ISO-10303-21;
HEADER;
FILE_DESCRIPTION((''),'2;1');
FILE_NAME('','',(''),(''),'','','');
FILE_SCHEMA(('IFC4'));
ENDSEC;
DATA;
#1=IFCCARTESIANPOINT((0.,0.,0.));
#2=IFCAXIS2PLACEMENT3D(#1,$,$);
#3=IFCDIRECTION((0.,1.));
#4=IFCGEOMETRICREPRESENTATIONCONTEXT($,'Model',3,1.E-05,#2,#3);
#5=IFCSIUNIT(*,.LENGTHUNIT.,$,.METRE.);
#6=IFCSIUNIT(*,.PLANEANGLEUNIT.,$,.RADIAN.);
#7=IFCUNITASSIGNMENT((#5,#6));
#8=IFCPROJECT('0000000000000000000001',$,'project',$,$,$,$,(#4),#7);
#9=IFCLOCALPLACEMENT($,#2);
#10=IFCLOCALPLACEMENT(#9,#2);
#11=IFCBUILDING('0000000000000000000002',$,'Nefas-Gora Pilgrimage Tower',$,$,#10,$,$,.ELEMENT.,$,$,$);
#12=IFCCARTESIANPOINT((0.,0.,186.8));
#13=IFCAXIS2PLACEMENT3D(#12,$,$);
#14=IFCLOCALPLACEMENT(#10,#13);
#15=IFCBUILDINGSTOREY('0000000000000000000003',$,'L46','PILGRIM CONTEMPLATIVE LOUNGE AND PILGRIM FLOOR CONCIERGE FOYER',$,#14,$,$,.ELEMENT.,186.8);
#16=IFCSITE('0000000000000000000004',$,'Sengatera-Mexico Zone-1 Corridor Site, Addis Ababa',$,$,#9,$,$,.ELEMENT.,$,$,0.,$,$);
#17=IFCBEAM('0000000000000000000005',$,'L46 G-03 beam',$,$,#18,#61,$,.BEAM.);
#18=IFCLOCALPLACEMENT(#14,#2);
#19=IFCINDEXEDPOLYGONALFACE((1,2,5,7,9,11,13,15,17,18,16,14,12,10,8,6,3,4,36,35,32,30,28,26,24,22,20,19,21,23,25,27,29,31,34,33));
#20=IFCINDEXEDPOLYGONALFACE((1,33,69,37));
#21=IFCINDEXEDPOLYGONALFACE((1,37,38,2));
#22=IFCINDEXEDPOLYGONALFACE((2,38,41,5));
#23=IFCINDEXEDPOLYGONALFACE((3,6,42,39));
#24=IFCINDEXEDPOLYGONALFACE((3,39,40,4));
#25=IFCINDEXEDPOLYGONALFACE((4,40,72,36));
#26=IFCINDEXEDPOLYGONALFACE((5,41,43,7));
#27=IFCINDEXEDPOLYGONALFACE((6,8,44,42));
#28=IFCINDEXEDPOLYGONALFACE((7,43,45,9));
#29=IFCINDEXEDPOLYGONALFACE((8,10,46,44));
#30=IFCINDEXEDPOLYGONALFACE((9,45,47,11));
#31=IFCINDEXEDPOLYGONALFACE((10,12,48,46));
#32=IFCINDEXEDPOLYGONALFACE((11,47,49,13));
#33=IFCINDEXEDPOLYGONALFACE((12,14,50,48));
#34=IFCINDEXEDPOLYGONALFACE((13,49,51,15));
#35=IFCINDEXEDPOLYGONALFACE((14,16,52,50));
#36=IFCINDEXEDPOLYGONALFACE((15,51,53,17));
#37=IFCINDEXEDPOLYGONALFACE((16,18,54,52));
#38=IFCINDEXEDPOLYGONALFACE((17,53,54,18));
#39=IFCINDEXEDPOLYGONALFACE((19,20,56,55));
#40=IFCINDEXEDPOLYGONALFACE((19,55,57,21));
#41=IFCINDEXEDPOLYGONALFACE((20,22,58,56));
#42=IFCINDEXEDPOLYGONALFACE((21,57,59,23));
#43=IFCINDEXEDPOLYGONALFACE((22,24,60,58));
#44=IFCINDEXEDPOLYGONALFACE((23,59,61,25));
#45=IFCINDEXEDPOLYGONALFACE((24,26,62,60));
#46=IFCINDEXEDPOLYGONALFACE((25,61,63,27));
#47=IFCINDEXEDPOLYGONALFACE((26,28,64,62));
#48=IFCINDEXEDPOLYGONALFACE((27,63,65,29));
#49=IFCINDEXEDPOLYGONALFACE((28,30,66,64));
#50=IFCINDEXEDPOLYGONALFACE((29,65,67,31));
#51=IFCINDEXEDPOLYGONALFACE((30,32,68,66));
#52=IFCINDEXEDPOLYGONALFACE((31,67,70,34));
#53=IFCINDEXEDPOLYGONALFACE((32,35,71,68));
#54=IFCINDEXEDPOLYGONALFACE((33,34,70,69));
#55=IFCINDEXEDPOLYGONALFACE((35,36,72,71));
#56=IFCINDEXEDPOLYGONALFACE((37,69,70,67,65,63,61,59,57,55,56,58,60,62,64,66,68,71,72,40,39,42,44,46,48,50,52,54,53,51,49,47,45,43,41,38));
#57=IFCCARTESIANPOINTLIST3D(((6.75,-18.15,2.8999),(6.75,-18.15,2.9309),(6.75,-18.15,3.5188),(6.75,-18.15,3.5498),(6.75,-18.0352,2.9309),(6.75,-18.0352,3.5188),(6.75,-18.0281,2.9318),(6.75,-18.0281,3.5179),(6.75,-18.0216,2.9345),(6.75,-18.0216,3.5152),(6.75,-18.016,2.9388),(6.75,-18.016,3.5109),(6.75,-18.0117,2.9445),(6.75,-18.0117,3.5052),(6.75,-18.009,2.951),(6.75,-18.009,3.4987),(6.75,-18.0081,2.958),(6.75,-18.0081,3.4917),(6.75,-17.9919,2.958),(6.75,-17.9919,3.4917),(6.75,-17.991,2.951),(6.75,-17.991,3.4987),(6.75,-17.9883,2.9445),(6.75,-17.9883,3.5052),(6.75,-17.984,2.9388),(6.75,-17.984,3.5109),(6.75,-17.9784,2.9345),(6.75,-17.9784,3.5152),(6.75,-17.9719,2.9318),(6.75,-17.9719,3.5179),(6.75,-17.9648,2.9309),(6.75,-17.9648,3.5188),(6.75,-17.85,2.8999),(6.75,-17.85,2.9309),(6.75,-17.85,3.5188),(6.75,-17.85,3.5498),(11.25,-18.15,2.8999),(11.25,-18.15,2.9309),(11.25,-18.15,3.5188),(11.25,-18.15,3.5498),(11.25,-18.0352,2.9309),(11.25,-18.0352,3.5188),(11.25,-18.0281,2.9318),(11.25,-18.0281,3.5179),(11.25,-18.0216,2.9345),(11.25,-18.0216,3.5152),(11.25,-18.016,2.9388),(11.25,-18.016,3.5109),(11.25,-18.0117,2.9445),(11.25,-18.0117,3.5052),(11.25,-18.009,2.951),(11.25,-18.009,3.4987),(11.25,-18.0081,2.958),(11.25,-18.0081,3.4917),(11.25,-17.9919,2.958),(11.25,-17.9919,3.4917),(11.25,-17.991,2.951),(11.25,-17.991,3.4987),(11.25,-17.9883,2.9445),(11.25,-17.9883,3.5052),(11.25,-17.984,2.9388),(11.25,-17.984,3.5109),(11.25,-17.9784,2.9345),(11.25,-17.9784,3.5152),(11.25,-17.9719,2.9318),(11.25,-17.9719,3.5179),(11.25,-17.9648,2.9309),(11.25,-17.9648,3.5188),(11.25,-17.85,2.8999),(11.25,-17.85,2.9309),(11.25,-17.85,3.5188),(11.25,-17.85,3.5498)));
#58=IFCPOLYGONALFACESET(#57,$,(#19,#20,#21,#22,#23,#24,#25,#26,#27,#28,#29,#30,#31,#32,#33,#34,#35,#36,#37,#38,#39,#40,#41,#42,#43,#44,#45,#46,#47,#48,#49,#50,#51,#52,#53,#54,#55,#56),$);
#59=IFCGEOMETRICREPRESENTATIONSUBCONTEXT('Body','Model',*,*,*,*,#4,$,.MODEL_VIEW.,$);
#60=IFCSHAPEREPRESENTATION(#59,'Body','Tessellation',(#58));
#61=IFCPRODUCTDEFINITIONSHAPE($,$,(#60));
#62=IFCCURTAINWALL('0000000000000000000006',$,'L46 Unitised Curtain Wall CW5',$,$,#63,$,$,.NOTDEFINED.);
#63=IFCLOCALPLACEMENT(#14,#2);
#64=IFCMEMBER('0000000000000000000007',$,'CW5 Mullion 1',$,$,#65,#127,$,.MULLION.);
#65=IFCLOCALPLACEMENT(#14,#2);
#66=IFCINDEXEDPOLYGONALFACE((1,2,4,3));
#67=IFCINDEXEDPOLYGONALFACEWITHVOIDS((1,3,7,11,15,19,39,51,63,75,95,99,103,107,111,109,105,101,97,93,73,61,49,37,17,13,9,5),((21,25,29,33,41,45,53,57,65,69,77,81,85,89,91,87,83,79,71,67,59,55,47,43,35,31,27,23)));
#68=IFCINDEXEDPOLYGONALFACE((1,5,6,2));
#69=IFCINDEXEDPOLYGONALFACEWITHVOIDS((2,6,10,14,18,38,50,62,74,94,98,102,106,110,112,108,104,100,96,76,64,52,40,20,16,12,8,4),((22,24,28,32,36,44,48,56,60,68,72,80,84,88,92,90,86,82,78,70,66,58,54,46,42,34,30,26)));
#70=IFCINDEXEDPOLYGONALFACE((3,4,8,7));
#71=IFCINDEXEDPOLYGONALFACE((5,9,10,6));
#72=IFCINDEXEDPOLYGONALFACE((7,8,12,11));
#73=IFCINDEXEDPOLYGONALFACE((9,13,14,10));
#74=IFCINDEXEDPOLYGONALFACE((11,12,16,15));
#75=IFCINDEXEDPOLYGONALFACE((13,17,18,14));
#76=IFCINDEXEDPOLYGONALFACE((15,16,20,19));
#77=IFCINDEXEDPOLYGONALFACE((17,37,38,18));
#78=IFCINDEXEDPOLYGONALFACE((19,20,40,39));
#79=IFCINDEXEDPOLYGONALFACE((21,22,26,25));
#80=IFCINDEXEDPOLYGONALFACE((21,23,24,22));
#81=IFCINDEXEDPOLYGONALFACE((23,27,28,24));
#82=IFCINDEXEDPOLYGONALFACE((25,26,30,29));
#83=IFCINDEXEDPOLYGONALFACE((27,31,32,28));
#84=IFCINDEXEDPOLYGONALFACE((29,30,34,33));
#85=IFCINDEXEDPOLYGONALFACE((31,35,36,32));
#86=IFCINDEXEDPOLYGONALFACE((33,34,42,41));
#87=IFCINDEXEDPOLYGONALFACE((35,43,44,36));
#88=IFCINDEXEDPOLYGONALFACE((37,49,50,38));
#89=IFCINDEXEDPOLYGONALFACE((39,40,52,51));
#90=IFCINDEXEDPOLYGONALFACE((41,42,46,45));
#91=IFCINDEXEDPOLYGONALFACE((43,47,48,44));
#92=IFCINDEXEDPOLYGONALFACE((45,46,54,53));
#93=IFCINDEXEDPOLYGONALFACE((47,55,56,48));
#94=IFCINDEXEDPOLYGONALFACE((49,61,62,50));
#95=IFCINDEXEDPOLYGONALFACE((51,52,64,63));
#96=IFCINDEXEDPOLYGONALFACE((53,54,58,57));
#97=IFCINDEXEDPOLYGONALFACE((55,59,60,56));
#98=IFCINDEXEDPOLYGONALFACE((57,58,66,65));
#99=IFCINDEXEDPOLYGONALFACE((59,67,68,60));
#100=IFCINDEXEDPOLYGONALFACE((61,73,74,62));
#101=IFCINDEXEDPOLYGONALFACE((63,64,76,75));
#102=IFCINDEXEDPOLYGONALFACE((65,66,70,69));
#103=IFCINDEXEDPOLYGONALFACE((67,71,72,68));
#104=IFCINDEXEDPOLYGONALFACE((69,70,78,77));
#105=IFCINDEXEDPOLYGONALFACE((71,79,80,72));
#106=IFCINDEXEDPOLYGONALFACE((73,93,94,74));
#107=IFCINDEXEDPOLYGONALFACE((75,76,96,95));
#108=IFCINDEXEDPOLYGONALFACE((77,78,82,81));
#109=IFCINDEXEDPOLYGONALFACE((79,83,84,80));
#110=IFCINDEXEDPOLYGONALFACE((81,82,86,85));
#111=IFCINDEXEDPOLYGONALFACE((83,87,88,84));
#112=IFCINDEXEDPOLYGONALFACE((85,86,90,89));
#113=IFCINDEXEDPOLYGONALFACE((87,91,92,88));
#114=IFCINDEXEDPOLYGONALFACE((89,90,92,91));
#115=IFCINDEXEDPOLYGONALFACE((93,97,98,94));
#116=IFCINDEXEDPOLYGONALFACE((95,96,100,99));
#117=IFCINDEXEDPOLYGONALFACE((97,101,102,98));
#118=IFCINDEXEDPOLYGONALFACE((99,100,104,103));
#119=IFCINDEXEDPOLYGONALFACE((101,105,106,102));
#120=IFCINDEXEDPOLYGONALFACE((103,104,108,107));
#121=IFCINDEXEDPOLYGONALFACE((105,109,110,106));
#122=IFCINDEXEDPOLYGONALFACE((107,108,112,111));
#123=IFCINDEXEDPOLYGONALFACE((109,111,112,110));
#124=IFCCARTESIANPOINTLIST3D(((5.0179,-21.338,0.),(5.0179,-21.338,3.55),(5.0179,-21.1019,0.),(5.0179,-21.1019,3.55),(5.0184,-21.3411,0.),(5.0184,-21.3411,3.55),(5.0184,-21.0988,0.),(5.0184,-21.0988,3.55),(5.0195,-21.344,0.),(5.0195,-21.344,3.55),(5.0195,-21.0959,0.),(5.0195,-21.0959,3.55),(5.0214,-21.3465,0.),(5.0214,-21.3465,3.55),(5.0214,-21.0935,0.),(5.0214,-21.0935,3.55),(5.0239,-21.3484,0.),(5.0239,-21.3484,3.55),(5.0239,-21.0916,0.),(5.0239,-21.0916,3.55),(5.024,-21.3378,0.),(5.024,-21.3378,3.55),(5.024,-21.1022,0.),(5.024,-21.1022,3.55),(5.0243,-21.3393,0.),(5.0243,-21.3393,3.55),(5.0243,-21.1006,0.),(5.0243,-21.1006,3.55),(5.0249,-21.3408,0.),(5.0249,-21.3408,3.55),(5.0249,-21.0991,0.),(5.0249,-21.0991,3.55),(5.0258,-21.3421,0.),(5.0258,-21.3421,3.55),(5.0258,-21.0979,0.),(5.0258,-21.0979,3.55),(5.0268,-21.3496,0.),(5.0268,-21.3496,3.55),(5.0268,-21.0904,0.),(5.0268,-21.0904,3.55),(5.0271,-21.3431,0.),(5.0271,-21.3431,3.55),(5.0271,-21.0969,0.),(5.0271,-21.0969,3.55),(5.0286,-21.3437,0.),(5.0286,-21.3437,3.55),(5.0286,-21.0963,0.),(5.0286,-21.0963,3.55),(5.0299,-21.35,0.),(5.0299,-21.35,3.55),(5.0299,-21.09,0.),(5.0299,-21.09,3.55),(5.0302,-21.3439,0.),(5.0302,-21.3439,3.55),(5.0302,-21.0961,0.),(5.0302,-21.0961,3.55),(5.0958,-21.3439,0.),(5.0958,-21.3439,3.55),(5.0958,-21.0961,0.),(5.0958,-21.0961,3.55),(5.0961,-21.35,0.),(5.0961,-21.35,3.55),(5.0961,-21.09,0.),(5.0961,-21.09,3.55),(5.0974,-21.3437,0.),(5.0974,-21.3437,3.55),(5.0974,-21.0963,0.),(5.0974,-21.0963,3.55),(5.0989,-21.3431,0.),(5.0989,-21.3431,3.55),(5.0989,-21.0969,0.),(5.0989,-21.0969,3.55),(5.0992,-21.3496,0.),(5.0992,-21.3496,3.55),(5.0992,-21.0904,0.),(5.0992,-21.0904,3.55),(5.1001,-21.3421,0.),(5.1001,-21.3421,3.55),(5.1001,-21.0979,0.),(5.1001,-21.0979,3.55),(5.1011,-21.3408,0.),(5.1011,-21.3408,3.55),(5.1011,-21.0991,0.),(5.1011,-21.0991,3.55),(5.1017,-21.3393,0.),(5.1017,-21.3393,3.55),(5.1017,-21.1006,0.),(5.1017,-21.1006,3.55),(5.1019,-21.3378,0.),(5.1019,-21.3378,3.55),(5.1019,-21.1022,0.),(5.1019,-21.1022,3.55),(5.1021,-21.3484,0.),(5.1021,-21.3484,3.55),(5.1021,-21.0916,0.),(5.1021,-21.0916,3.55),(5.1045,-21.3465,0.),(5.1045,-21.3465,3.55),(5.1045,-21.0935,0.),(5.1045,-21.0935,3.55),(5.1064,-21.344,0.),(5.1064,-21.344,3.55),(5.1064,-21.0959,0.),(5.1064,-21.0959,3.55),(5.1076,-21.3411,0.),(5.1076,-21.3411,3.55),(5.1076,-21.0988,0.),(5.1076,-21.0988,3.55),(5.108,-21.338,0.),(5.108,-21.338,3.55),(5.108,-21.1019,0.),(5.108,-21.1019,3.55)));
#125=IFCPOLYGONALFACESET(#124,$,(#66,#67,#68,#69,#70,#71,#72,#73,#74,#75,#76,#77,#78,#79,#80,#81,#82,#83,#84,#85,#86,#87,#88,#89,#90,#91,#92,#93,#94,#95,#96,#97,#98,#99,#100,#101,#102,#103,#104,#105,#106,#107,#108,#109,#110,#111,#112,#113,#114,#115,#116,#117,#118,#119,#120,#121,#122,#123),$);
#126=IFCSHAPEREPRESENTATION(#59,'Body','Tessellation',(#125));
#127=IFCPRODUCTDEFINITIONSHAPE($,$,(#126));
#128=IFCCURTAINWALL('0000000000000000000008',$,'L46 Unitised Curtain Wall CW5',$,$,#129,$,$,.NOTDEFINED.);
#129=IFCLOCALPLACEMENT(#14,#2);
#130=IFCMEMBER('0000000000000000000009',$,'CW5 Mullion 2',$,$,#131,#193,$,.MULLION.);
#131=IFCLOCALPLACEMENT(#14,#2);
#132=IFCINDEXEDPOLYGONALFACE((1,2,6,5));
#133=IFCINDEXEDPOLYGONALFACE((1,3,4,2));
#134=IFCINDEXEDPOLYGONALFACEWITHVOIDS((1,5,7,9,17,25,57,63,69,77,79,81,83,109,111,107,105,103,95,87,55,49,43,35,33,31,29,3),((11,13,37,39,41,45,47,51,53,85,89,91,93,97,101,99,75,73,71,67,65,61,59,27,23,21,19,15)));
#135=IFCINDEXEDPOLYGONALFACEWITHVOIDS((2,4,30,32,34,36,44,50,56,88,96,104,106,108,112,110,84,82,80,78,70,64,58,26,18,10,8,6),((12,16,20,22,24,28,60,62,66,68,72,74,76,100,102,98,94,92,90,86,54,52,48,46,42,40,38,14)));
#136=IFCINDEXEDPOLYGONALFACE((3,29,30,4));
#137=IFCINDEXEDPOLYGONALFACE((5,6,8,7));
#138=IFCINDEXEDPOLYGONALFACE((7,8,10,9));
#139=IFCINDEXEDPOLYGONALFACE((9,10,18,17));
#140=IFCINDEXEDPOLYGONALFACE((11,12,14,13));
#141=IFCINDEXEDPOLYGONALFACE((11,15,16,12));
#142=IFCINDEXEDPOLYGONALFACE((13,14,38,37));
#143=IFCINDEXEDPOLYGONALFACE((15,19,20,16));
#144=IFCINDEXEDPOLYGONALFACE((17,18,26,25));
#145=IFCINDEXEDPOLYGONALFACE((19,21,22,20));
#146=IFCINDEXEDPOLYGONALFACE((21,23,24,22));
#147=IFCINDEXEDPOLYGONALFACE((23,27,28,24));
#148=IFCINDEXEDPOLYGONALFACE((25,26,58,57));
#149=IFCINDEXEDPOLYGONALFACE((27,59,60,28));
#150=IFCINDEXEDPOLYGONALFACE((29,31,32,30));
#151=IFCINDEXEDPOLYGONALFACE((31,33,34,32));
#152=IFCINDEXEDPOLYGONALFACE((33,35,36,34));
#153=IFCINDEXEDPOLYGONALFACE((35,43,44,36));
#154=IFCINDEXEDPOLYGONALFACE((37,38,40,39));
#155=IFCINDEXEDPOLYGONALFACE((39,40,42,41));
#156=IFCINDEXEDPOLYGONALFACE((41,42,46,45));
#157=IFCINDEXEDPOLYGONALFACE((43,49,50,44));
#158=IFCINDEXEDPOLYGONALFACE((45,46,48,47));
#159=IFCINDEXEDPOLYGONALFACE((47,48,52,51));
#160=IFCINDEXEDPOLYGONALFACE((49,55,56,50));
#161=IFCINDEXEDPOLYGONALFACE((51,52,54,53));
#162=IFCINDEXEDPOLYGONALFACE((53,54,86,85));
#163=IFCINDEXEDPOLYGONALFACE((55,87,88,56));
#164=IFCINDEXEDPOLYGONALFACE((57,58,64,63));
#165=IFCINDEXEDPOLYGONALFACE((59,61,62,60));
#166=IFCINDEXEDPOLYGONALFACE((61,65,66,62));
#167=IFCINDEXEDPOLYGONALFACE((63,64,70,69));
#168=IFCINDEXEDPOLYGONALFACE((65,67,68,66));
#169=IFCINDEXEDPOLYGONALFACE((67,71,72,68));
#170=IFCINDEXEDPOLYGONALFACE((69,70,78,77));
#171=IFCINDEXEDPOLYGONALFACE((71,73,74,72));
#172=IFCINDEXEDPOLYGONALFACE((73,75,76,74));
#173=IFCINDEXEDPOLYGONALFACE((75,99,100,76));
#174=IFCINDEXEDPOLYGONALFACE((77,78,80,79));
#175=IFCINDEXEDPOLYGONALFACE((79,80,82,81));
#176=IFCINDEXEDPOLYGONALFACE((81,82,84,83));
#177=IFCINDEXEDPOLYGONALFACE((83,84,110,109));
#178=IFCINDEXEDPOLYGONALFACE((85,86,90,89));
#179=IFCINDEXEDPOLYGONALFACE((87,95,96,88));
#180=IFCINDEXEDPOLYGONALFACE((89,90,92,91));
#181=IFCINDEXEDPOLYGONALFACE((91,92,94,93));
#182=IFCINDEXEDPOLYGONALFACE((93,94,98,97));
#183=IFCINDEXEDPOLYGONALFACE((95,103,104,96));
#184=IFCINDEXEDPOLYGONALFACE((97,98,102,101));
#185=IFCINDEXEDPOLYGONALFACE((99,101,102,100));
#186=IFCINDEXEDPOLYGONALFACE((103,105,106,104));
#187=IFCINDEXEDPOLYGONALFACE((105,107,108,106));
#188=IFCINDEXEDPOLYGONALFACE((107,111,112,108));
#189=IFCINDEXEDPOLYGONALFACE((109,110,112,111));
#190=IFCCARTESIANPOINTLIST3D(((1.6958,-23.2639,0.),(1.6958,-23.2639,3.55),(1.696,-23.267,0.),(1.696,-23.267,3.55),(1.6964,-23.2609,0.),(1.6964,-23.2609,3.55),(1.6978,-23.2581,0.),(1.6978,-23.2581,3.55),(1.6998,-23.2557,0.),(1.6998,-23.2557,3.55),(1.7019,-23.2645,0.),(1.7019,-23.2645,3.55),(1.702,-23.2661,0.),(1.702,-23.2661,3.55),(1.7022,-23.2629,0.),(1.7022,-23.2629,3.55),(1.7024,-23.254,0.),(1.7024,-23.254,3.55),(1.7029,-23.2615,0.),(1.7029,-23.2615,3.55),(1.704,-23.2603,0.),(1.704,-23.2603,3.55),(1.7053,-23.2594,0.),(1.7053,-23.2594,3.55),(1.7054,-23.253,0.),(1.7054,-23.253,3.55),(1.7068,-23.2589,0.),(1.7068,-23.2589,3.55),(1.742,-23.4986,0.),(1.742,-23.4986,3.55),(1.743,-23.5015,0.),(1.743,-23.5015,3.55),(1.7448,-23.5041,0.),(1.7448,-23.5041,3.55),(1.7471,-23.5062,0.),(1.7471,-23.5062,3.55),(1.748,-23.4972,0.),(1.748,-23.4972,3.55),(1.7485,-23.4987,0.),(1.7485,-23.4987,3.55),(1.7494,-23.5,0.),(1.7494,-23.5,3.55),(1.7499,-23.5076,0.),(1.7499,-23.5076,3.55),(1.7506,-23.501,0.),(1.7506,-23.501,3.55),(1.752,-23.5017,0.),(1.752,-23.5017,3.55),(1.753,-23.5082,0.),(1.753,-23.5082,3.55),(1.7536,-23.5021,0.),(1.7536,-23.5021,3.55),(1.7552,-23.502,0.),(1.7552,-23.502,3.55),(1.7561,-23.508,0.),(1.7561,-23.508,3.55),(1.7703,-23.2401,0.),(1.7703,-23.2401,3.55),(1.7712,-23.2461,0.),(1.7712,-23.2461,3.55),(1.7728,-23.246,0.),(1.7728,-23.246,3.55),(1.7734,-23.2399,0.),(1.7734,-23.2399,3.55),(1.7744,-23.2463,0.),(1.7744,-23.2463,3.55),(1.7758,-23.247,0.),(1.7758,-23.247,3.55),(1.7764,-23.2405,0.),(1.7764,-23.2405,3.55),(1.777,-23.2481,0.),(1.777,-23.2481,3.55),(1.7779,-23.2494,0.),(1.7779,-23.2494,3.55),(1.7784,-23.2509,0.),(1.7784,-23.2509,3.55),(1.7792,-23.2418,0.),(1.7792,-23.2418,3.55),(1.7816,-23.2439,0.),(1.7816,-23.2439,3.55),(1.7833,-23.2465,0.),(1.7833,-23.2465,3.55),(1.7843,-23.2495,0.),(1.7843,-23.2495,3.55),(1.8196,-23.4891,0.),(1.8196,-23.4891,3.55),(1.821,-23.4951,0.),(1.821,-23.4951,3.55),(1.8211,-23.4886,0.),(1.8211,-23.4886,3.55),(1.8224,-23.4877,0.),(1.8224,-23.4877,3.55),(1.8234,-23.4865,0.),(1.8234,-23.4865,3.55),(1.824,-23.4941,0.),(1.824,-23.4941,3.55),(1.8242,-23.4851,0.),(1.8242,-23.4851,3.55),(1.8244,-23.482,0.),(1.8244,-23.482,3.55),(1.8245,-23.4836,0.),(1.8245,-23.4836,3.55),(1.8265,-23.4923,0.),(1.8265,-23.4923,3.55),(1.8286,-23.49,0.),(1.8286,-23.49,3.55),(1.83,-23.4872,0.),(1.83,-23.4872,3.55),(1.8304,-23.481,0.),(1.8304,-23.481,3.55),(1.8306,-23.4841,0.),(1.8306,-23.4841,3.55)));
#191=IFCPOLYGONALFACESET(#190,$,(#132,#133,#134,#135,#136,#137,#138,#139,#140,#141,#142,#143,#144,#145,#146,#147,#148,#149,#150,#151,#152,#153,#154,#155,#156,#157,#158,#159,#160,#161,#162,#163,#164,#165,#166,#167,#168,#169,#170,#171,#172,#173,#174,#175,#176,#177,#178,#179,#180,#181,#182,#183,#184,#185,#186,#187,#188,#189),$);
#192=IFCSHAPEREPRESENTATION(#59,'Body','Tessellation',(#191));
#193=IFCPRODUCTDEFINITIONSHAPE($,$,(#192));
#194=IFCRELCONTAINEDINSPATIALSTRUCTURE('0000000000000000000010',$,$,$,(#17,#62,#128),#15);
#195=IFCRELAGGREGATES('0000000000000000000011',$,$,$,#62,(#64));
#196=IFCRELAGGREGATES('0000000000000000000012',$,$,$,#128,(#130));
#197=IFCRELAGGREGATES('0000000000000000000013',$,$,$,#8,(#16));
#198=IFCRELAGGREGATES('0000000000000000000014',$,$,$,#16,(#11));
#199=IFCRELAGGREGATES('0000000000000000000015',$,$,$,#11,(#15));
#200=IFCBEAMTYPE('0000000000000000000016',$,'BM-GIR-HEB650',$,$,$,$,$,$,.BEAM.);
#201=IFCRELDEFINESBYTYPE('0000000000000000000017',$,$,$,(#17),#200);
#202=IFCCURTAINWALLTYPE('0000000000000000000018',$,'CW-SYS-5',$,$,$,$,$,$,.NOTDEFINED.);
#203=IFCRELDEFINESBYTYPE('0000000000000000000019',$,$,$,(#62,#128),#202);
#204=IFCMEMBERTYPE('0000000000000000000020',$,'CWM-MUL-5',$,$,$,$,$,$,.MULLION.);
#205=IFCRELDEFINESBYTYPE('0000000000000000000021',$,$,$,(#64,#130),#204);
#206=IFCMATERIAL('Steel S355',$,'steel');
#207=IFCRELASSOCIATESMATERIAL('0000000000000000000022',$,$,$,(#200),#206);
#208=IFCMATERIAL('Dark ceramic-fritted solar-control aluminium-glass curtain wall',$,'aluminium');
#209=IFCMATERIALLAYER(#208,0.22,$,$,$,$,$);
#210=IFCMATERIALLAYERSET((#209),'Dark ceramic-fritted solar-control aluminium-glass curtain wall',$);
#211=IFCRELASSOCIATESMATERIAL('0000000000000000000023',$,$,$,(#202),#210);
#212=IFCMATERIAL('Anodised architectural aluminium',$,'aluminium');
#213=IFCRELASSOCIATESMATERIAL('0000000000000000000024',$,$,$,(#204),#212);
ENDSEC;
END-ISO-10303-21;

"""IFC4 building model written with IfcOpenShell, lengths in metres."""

from ifc_helpers import new_model, si_unit, direction, frame, origin, origin_2d, place, context, subcontext, project, spatial, hollow_rectangle, i_section, extrude, source, transform, mapped, material, layer, layer_set, material_profile, profile_set, type_object, element, aggregate, save


model = new_model("IFC4")

# Units and contexts
model_context = context("Model", 3, precision=1e-05, world=origin(), true_north=direction((0.0, 1.0)))
body_context = subcontext(model_context, "Body", "Model", "MODEL_VIEW")
ifc_project = project(units=[si_unit("LENGTHUNIT", "METRE"), si_unit("PLANEANGLEUNIT", "RADIAN")], contexts=[model_context])

# Site, building, storey
site_placement = place(None, origin())
site = spatial("IfcSite", under=ifc_project, at=site_placement, Name="Sengatera-Mexico Zone-1 Corridor Site, Addis Ababa", CompositionType="ELEMENT", RefElevation=0.0)
building_placement = place(site_placement, origin())
building = spatial("IfcBuilding", under=site, at=building_placement, Name="Nefas-Gora Pilgrimage Tower", CompositionType="ELEMENT")
storey_placement = place(building_placement, frame((0.0, 0.0, 186.8)))
storey = spatial("IfcBuildingStorey", under=building, at=storey_placement, Name="L46", Description="PILGRIM CONTEMPLATIVE LOUNGE AND PILGRIM FLOOR CONCIERGE FOYER", CompositionType="ELEMENT", Elevation=186.8)

# Beam
ifc_material_1 = material(Name="Steel S355", Category="steel")
ifc_material_profile_1 = material_profile(ifc_material_1, i_section(OverallWidth=0.3, OverallDepth=0.6499, WebThickness=0.0161, FlangeThickness=0.031, FilletRadius=0.0271, at=origin_2d()), Name="HEB 650")
ifc_profile_set_1 = profile_set([ifc_material_profile_1], Name="Steel S355")
beam_type_1 = type_object("IfcBeamType", Name="BM-GIR-HEB650", PredefinedType="BEAM", material=ifc_profile_set_1)
shared_shape_1 = source(origin(), body_context, "Body", "SweptSolid", [
    extrude(i_section(OverallWidth=0.3, OverallDepth=0.6499, WebThickness=0.0161, FlangeThickness=0.031, FilletRadius=0.0271, at=origin_2d()), origin(), (0.0, 0.0, 1.0), 4.5),
])
for number, where, z_axis, x_axis, name in (
    (1, (6.75, -18.0, 3.2249), (1.0, 0.0, 0.0), (0.0, 1.0, 0.0), "L46 G-03 beam"),
):
    element("IfcBeam", number, at=place(storey_placement, frame(where, z_axis=z_axis, x_axis=x_axis)), inside=storey, type_object=beam_type_1, Name=name, PredefinedType="BEAM", context=body_context, shape_type="MappedRepresentation", body=[
        mapped(shared_shape_1, transform((0.0, 0.0, 0.0), x_axis=(1.0, 0.0, 0.0), y_axis=(0.0, 1.0, 0.0), z_axis=(0.0, 0.0, 1.0), scale=1.0)),
    ])

# Curtain walls, members
ifc_material_2 = material(Name="Dark ceramic-fritted solar-control aluminium-glass curtain wall", Category="aluminium")
ifc_layer_1 = layer(ifc_material_2, 0.22)
ifc_layer_set_1 = layer_set([ifc_layer_1], Name="Dark ceramic-fritted solar-control aluminium-glass curtain wall")
curtain_wall_type = type_object("IfcCurtainWallType", Name="CW-SYS-5", PredefinedType="NOTDEFINED", material=ifc_layer_set_1)
curtain_wall_1_placement = place(storey_placement, origin())
curtain_wall_1 = element("IfcCurtainWall", 2, at=curtain_wall_1_placement, inside=storey, type_object=curtain_wall_type, Name="L46 Unitised Curtain Wall CW5", PredefinedType="NOTDEFINED")
ifc_material_3 = material(Name="Anodised architectural aluminium", Category="aluminium")
ifc_material_profile_2 = material_profile(ifc_material_3, hollow_rectangle(XDim=0.0901, YDim=0.26, WallThickness=0.0061, InnerFilletRadius=0.0061, OuterFilletRadius=0.012, at=origin_2d()), Name="ALU MULLION 90x260")
ifc_profile_set_2 = profile_set([ifc_material_profile_2], Name="Anodised architectural aluminium")
member_type_1 = type_object("IfcMemberType", Name="CWM-MUL-5", PredefinedType="MULLION", material=ifc_profile_set_2)
shared_shape_2 = source(origin(), body_context, "Body", "SweptSolid", [
    extrude(hollow_rectangle(XDim=0.0901, YDim=0.26, WallThickness=0.0061, InnerFilletRadius=0.0061, OuterFilletRadius=0.012, at=origin_2d()), origin(), (0.0, 0.0, 1.0), 3.55),
])
member_1_placement = place(storey_placement, frame((5.063, -21.22, 0.0), z_axis=(0.0, 0.0, 1.0), x_axis=(1.0, 0.0, 0.0)))
member_1 = element("IfcMember", 3, at=member_1_placement, type_object=member_type_1, Name="CW5 Mullion 1", PredefinedType="MULLION", context=body_context, shape_type="MappedRepresentation", body=[
    mapped(shared_shape_2, transform((0.0, 0.0, 0.0), x_axis=(1.0, 0.0, 0.0), y_axis=(0.0, 1.0, 0.0), z_axis=(0.0, 0.0, 1.0), scale=1.0)),
])
curtain_wall_2_placement = place(storey_placement, origin())
curtain_wall_2 = element("IfcCurtainWall", 4, at=curtain_wall_2_placement, inside=storey, type_object=curtain_wall_type, Name="L46 Unitised Curtain Wall CW5", PredefinedType="NOTDEFINED")
member_2_placement = place(storey_placement, frame((1.7632, -23.374, 0.0), z_axis=(0.0, 0.0, 1.0), x_axis=(0.980783, 0.195102, 0.0)))
member_2 = element("IfcMember", 5, at=member_2_placement, type_object=member_type_1, Name="CW5 Mullion 2", PredefinedType="MULLION", context=body_context, shape_type="MappedRepresentation", body=[
    mapped(shared_shape_2, transform((0.0, 0.0, 0.0), x_axis=(1.0, 0.0, 0.0), y_axis=(0.0, 1.0, 0.0), z_axis=(0.0, 0.0, 1.0), scale=1.0)),
])

aggregate(curtain_wall_1, [member_1])
aggregate(curtain_wall_2, [member_2])

save(model, "model.ifc")
